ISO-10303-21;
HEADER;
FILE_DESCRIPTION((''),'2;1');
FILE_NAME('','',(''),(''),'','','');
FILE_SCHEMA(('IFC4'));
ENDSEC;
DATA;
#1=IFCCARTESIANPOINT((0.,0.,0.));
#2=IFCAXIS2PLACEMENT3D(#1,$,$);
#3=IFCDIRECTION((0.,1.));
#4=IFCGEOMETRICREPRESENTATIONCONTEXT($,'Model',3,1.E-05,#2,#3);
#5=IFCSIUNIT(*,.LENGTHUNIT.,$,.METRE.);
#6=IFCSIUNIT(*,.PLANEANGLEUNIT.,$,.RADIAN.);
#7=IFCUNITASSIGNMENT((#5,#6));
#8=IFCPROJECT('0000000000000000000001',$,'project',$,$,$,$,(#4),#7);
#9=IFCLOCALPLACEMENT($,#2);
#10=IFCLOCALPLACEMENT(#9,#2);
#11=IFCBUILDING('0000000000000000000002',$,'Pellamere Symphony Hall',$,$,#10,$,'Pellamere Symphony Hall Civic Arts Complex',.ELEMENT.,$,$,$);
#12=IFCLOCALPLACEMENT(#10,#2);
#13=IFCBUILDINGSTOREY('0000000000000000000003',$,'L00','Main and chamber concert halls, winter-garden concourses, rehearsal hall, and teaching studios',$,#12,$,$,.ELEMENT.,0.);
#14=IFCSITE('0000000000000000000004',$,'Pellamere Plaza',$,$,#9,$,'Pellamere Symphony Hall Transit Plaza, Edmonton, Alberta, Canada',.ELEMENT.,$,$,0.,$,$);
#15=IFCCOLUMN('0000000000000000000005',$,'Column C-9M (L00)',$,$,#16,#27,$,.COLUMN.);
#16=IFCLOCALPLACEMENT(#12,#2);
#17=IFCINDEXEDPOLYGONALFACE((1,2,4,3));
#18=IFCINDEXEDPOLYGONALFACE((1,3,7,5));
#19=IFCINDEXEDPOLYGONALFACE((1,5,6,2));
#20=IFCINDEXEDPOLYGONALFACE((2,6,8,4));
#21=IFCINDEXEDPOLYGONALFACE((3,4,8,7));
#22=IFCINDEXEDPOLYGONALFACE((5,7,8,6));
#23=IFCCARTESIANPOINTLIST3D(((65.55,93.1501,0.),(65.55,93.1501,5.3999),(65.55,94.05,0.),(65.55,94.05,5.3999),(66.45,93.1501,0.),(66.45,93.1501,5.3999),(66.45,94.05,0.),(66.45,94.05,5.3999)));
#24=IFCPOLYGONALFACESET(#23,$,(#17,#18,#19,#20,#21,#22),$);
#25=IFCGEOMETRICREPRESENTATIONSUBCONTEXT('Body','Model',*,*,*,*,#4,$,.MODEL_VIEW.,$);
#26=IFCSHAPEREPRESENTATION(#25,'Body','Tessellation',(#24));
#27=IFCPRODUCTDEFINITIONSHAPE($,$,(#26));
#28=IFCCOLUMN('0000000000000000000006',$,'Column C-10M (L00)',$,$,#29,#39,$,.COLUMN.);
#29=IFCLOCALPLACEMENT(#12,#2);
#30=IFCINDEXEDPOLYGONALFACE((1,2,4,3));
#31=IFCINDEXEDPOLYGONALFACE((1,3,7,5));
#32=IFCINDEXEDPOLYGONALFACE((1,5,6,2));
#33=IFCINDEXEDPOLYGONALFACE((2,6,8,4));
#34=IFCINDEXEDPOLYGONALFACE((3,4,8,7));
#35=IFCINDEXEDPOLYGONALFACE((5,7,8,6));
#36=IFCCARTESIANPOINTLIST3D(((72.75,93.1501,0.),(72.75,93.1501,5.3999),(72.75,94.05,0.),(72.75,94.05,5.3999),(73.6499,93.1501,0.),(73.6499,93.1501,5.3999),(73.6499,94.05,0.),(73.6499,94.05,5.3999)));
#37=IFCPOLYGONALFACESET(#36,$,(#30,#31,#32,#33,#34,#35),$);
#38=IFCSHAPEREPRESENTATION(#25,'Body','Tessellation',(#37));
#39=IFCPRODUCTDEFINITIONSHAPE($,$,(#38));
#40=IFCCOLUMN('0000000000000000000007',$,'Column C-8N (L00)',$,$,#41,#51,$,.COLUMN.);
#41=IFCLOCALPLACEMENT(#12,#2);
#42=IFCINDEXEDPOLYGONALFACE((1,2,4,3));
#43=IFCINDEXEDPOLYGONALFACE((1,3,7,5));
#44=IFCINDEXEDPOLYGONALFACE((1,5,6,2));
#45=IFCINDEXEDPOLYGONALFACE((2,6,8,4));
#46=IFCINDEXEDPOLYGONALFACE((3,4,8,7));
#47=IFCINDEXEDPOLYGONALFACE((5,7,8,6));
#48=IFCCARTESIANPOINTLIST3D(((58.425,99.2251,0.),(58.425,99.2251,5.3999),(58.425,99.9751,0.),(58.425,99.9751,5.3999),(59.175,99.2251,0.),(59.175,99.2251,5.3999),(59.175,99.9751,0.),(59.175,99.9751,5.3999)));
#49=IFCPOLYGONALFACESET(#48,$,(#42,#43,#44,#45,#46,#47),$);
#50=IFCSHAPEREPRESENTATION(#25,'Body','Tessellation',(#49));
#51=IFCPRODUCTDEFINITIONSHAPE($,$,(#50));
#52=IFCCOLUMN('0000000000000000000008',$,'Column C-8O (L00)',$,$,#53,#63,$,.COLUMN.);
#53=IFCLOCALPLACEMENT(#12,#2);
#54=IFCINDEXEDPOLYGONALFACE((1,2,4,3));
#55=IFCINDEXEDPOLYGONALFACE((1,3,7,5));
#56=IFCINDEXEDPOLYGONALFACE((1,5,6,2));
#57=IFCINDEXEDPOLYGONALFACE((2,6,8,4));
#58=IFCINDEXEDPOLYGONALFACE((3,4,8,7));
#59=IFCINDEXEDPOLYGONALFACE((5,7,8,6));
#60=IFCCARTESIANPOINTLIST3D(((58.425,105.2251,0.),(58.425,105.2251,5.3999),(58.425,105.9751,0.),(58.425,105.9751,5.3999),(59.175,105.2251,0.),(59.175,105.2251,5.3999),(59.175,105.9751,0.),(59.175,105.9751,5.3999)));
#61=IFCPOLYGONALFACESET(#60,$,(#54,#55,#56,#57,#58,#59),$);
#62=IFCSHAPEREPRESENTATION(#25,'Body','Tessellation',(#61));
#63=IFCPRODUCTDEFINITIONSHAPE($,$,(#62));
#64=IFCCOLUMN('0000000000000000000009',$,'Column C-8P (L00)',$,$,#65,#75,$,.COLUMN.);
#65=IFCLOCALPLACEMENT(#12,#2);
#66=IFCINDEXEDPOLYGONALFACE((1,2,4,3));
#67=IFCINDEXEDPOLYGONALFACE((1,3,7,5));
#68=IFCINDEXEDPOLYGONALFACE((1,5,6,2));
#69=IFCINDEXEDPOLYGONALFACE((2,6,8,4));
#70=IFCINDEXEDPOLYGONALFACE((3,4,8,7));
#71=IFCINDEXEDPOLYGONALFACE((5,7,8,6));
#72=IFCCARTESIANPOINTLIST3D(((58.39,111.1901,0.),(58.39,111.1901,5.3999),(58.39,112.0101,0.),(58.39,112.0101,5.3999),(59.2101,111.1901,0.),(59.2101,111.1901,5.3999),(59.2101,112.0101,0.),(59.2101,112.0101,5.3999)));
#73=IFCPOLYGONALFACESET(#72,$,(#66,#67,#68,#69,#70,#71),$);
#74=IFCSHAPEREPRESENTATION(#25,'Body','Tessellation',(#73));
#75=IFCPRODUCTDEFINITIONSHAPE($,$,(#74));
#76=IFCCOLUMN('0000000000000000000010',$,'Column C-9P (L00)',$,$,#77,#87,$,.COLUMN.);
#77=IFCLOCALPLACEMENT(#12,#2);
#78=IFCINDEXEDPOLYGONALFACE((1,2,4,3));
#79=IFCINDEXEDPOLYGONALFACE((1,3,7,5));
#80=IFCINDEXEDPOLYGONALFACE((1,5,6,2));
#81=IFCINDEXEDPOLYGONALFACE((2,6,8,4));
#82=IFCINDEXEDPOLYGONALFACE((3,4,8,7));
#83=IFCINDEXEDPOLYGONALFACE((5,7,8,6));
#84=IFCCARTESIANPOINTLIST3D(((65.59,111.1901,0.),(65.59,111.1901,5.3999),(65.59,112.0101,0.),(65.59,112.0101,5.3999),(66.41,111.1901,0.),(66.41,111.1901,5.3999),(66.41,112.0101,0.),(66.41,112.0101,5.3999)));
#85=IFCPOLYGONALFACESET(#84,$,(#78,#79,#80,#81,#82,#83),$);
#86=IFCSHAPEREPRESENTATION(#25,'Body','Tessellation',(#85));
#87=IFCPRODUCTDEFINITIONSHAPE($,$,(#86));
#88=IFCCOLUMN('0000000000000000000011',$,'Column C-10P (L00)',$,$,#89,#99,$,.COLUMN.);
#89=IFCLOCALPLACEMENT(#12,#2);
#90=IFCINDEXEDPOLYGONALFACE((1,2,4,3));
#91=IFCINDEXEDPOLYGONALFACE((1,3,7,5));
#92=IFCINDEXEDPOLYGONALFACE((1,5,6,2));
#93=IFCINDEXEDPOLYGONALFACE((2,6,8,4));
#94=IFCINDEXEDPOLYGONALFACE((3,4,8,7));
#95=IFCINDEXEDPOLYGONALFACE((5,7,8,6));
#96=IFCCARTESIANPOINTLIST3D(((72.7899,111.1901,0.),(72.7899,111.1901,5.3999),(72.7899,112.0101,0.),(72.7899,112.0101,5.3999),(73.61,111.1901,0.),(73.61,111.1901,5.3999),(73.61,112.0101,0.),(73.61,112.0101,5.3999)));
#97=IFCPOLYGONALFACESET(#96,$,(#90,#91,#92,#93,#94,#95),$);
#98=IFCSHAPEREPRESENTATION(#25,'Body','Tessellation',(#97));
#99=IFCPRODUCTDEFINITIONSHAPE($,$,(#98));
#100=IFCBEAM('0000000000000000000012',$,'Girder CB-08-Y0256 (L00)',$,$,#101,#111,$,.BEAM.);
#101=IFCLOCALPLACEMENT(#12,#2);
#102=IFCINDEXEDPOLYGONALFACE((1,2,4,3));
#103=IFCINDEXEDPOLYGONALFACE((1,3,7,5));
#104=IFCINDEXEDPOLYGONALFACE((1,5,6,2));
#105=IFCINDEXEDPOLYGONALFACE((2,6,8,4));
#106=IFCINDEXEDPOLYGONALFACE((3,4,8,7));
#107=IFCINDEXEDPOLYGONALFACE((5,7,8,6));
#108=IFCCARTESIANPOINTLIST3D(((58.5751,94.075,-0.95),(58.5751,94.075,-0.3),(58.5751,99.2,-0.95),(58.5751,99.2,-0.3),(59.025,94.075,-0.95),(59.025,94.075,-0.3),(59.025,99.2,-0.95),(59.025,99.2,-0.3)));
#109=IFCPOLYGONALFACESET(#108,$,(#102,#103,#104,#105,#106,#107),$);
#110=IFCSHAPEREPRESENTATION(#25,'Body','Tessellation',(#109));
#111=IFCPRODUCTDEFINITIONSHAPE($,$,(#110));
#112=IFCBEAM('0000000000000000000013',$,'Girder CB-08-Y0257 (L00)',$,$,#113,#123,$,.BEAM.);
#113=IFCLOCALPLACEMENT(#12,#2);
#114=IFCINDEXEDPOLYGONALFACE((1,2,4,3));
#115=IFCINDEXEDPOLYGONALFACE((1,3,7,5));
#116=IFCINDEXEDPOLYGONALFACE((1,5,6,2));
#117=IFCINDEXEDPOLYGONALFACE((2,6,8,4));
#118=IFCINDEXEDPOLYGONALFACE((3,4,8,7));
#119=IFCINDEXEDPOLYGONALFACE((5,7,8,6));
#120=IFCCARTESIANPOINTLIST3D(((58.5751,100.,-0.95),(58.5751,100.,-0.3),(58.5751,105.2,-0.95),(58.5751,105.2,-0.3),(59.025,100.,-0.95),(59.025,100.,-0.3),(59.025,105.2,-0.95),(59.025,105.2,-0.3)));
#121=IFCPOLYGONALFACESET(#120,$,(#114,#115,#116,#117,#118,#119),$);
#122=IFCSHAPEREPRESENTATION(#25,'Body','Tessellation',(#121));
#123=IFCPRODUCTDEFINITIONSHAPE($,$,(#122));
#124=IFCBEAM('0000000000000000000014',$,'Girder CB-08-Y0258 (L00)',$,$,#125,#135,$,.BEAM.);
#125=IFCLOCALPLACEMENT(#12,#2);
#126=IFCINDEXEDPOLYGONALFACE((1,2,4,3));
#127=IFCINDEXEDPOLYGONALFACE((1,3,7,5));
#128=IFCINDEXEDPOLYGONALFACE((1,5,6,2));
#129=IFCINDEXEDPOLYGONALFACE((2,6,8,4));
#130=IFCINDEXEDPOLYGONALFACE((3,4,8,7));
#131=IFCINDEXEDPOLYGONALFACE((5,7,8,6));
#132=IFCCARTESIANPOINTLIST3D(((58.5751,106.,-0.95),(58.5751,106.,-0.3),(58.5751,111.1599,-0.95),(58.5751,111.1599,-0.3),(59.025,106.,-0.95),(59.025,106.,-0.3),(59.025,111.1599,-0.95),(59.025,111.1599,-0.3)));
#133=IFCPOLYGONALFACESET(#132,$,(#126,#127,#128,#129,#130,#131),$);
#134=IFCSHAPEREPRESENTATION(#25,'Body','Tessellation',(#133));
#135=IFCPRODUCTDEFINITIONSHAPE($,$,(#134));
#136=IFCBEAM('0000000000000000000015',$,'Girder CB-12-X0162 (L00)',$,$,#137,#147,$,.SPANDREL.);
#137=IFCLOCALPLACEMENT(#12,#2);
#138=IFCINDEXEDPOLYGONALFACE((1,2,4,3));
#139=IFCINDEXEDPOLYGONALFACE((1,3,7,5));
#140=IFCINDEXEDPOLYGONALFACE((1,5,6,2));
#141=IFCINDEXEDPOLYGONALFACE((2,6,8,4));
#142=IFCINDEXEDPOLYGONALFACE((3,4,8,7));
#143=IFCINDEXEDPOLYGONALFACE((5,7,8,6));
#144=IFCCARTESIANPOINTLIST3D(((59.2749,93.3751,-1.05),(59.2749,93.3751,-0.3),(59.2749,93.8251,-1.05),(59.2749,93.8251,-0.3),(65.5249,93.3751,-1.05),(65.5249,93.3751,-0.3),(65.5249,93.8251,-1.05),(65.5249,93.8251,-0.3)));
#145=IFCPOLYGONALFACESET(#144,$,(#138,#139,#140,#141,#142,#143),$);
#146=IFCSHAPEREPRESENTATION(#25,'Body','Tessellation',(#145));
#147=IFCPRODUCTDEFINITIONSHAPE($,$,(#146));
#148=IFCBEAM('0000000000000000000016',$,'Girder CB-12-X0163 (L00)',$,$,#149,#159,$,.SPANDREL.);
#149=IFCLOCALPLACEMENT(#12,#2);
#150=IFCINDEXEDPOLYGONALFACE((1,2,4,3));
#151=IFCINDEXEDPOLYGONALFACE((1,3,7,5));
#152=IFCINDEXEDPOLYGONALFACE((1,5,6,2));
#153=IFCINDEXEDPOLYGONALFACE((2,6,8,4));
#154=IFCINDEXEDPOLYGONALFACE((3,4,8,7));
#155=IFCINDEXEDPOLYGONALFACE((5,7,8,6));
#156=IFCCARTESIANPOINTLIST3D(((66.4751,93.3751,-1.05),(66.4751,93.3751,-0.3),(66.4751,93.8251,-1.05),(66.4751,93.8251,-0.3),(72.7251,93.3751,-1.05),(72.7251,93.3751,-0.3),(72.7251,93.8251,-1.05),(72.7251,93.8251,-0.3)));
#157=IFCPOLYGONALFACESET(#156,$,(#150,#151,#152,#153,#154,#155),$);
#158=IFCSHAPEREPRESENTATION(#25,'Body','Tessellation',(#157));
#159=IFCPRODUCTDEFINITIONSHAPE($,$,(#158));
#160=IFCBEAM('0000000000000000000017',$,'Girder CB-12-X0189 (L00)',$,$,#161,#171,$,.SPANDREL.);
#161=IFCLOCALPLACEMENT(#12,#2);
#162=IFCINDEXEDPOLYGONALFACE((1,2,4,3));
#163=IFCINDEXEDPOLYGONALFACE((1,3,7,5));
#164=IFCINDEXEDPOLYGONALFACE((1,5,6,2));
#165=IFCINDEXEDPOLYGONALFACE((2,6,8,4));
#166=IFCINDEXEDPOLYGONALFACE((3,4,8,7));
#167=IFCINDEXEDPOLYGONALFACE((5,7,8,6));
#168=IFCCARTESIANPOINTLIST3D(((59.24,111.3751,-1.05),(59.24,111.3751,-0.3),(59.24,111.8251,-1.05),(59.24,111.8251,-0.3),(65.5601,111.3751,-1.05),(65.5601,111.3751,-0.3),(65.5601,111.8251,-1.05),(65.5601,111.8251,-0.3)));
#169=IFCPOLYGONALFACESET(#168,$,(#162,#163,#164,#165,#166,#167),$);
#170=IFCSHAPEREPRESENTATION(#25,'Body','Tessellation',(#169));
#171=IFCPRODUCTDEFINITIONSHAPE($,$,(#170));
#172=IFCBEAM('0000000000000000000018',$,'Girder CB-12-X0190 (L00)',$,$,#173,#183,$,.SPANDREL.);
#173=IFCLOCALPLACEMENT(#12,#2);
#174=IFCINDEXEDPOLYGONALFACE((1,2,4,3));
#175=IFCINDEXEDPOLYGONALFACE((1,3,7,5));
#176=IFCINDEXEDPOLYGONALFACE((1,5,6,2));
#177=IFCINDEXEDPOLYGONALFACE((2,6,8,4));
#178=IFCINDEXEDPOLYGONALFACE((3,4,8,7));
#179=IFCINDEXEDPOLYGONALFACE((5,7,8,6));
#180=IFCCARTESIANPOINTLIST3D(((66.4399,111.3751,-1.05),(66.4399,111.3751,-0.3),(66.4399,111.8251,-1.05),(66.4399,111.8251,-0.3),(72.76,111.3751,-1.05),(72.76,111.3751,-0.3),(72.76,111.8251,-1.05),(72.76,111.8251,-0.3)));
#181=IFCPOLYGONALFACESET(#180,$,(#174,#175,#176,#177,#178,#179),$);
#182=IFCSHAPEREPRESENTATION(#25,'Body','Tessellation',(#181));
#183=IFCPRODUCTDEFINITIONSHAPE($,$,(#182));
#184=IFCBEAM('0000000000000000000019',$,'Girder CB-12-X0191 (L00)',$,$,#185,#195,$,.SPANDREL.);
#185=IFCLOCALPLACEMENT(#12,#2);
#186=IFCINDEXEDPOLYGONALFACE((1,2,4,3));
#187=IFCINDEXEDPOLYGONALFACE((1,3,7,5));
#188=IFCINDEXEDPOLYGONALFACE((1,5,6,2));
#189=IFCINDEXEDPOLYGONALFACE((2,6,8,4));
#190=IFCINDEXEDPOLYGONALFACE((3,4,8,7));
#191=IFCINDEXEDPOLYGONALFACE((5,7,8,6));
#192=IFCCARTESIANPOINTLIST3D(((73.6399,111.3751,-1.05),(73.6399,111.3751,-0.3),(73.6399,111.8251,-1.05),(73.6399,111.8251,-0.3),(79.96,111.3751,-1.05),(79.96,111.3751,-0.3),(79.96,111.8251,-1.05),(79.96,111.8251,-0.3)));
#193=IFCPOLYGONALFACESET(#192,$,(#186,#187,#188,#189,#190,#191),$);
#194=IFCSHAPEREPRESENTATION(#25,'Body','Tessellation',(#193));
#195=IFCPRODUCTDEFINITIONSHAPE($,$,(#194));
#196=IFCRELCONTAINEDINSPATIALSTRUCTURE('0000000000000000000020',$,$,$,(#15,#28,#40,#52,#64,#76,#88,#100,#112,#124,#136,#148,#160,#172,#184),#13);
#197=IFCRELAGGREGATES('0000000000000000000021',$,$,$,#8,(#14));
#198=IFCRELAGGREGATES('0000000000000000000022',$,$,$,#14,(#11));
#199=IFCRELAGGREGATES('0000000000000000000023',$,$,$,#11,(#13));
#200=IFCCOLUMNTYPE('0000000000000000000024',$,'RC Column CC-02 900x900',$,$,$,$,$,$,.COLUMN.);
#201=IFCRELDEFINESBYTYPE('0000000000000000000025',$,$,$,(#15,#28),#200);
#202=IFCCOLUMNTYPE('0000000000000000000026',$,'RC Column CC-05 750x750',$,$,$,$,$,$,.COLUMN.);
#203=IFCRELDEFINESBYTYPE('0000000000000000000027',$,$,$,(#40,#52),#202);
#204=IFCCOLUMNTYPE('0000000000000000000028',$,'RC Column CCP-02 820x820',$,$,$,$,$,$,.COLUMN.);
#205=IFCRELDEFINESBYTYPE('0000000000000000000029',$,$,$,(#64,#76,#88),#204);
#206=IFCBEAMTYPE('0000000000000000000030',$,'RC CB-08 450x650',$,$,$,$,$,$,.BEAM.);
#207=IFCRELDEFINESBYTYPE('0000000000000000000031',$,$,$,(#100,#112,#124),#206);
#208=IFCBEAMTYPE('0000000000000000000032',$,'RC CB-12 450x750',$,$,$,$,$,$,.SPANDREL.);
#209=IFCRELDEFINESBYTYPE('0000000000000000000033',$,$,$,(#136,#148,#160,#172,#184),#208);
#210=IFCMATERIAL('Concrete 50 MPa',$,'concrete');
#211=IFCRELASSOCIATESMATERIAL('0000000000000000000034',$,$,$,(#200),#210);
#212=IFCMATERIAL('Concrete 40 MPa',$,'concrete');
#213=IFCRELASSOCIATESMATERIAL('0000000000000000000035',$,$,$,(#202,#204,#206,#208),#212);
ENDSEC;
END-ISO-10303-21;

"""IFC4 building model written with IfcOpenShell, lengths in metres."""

from ifc_helpers import new_model, si_unit, direction, frame, origin, origin_2d, place, context, subcontext, project, spatial, rectangle, extrude, material, material_profile, profile_set, type_object, element, save


model = new_model("IFC4")

# Units and contexts
model_context = context("Model", 3, precision=1e-05, world=origin(), true_north=direction((0.0, 1.0)))
body_context = subcontext(model_context, "Body", "Model", "MODEL_VIEW")
ifc_project = project(units=[si_unit("LENGTHUNIT", "METRE"), si_unit("PLANEANGLEUNIT", "RADIAN")], contexts=[model_context])

# Site, building, storey
site_placement = place(None, origin())
site = spatial("IfcSite", under=ifc_project, at=site_placement, Name="Pellamere Plaza", LongName="Pellamere Symphony Hall Transit Plaza, Edmonton, Alberta, Canada", CompositionType="ELEMENT", RefElevation=0.0)
building_placement = place(site_placement, origin())
building = spatial("IfcBuilding", under=site, at=building_placement, Name="Pellamere Symphony Hall", LongName="Pellamere Symphony Hall Civic Arts Complex", CompositionType="ELEMENT")
storey_placement = place(building_placement, origin())
storey = spatial("IfcBuildingStorey", under=building, at=storey_placement, Name="L00", Description="Main and chamber concert halls, winter-garden concourses, rehearsal hall, and teaching studios", CompositionType="ELEMENT", Elevation=0.0)

# Columns
ifc_material_1 = material(Name="Concrete 50 MPa", Category="concrete")
ifc_material_profile_1 = material_profile(ifc_material_1, rectangle(XDim=0.8999, YDim=0.8999, at=origin_2d()), Name="RC 900x900")
ifc_profile_set_1 = profile_set([ifc_material_profile_1], Name="Concrete 50 MPa")
column_type_1 = type_object("IfcColumnType", Name="RC Column CC-02 900x900", PredefinedType="COLUMN", material=ifc_profile_set_1)
for number, where, z_axis, x_axis, name in (
    (1, (66.0, 93.6001, 0.0), (0.0, 0.0, 1.0), (1.0, 0.0, 0.0), "Column C-9M (L00)"),
    (2, (73.2, 93.6001, 0.0), (0.0, 0.0, 1.0), (1.0, 0.0, 0.0), "Column C-10M (L00)"),
):
    element("IfcColumn", number, at=place(storey_placement, frame(where, z_axis=z_axis, x_axis=x_axis)), inside=storey, type_object=column_type_1, Name=name, PredefinedType="COLUMN", context=body_context, shape_type="SweptSolid", body=[
        extrude(rectangle(XDim=0.8999, YDim=0.8999, at=origin_2d()), origin(), (0.0, 0.0, 1.0), 5.3999),
    ])
ifc_material_2 = material(Name="Concrete 40 MPa", Category="concrete")
ifc_material_profile_2 = material_profile(ifc_material_2, rectangle(XDim=0.75, YDim=0.75, at=origin_2d()), Name="RC 750x750")
ifc_profile_set_2 = profile_set([ifc_material_profile_2], Name="Concrete 40 MPa")
column_type_2 = type_object("IfcColumnType", Name="RC Column CC-05 750x750", PredefinedType="COLUMN", material=ifc_profile_set_2)
for number, where, z_axis, x_axis, name in (
    (3, (58.8, 99.6001, 0.0), (0.0, 0.0, 1.0), (1.0, 0.0, 0.0), "Column C-8N (L00)"),
    (4, (58.8, 105.6001, 0.0), (0.0, 0.0, 1.0), (1.0, 0.0, 0.0), "Column C-8O (L00)"),
):
    element("IfcColumn", number, at=place(storey_placement, frame(where, z_axis=z_axis, x_axis=x_axis)), inside=storey, type_object=column_type_2, Name=name, PredefinedType="COLUMN", context=body_context, shape_type="SweptSolid", body=[
        extrude(rectangle(XDim=0.75, YDim=0.75, at=origin_2d()), origin(), (0.0, 0.0, 1.0), 5.3999),
    ])
ifc_material_profile_3 = material_profile(ifc_material_2, rectangle(XDim=0.8201, YDim=0.8201, at=origin_2d()), Name="RC 820x820")
ifc_profile_set_3 = profile_set([ifc_material_profile_3], Name="Concrete 40 MPa")
column_type_3 = type_object("IfcColumnType", Name="RC Column CCP-02 820x820", PredefinedType="COLUMN", material=ifc_profile_set_3)
for number, where, z_axis, x_axis, name in (
    (5, (58.8, 111.6001, 0.0), (0.0, 0.0, 1.0), (1.0, 0.0, 0.0), "Column C-8P (L00)"),
    (6, (66.0, 111.6001, 0.0), (0.0, 0.0, 1.0), (1.0, 0.0, 0.0), "Column C-9P (L00)"),
    (7, (73.2, 111.6001, 0.0), (0.0, 0.0, 1.0), (1.0, 0.0, 0.0), "Column C-10P (L00)"),
):
    element("IfcColumn", number, at=place(storey_placement, frame(where, z_axis=z_axis, x_axis=x_axis)), inside=storey, type_object=column_type_3, Name=name, PredefinedType="COLUMN", context=body_context, shape_type="SweptSolid", body=[
        extrude(rectangle(XDim=0.8201, YDim=0.8201, at=origin_2d()), origin(), (0.0, 0.0, 1.0), 5.3999),
    ])

# Beams
ifc_material_profile_4 = material_profile(ifc_material_2, rectangle(XDim=0.45, YDim=0.6499, at=origin_2d()), Name="RC 450x650")
ifc_profile_set_4 = profile_set([ifc_material_profile_4], Name="Concrete 40 MPa")
beam_type_1 = type_object("IfcBeamType", Name="RC CB-08 450x650", PredefinedType="BEAM", material=ifc_profile_set_4)
beam_1_placement = place(storey_placement, frame((58.8, 94.075, -0.625), z_axis=(0.0, 1.0, 0.0), x_axis=(-1.0, 0.0, 0.0)))
element("IfcBeam", 8, at=beam_1_placement, inside=storey, type_object=beam_type_1, Name="Girder CB-08-Y0256 (L00)", PredefinedType="BEAM", context=body_context, shape_type="SweptSolid", body=[
    extrude(rectangle(XDim=0.45, YDim=0.6499, at=origin_2d()), origin(), (0.0, 0.0, 1.0), 5.125),
])
beam_2_placement = place(storey_placement, frame((58.8, 100.0, -0.625), z_axis=(0.0, 1.0, 0.0), x_axis=(-1.0, 0.0, 0.0)))
element("IfcBeam", 9, at=beam_2_placement, inside=storey, type_object=beam_type_1, Name="Girder CB-08-Y0257 (L00)", PredefinedType="BEAM", context=body_context, shape_type="SweptSolid", body=[
    extrude(rectangle(XDim=0.45, YDim=0.6499, at=origin_2d()), origin(), (0.0, 0.0, 1.0), 5.2),
])
beam_3_placement = place(storey_placement, frame((58.8, 106.0, -0.625), z_axis=(0.0, 1.0, 0.0), x_axis=(-1.0, 0.0, 0.0)))
element("IfcBeam", 10, at=beam_3_placement, inside=storey, type_object=beam_type_1, Name="Girder CB-08-Y0258 (L00)", PredefinedType="BEAM", context=body_context, shape_type="SweptSolid", body=[
    extrude(rectangle(XDim=0.45, YDim=0.6499, at=origin_2d()), origin(), (0.0, 0.0, 1.0), 5.1599),
])
ifc_material_profile_5 = material_profile(ifc_material_2, rectangle(XDim=0.45, YDim=0.75, at=origin_2d()), Name="RC 450x750")
ifc_profile_set_5 = profile_set([ifc_material_profile_5], Name="Concrete 40 MPa")
beam_type_2 = type_object("IfcBeamType", Name="RC CB-12 450x750", PredefinedType="SPANDREL", material=ifc_profile_set_5)
for number, where, z_axis, x_axis, name in (
    (11, (59.2749, 93.6001, -0.675), (1.0, 0.0, 0.0), (0.0, 1.0, 0.0), "Girder CB-12-X0162 (L00)"),
    (12, (66.4751, 93.6001, -0.675), (1.0, 0.0, 0.0), (0.0, 1.0, 0.0), "Girder CB-12-X0163 (L00)"),
):
    element("IfcBeam", number, at=place(storey_placement, frame(where, z_axis=z_axis, x_axis=x_axis)), inside=storey, type_object=beam_type_2, Name=name, PredefinedType="SPANDREL", context=body_context, shape_type="SweptSolid", body=[
        extrude(rectangle(XDim=0.45, YDim=0.75, at=origin_2d()), origin(), (0.0, 0.0, 1.0), 6.25),
    ])
for number, where, z_axis, x_axis, name in (
    (13, (59.24, 111.6001, -0.675), (1.0, 0.0, 0.0), (0.0, 1.0, 0.0), "Girder CB-12-X0189 (L00)"),
    (14, (66.4399, 111.6001, -0.675), (1.0, 0.0, 0.0), (0.0, 1.0, 0.0), "Girder CB-12-X0190 (L00)"),
    (15, (73.6399, 111.6001, -0.675), (1.0, 0.0, 0.0), (0.0, 1.0, 0.0), "Girder CB-12-X0191 (L00)"),
):
    element("IfcBeam", number, at=place(storey_placement, frame(where, z_axis=z_axis, x_axis=x_axis)), inside=storey, type_object=beam_type_2, Name=name, PredefinedType="SPANDREL", context=body_context, shape_type="SweptSolid", body=[
        extrude(rectangle(XDim=0.45, YDim=0.75, at=origin_2d()), origin(), (0.0, 0.0, 1.0), 6.3201),
    ])

save(model, "model.ifc")
